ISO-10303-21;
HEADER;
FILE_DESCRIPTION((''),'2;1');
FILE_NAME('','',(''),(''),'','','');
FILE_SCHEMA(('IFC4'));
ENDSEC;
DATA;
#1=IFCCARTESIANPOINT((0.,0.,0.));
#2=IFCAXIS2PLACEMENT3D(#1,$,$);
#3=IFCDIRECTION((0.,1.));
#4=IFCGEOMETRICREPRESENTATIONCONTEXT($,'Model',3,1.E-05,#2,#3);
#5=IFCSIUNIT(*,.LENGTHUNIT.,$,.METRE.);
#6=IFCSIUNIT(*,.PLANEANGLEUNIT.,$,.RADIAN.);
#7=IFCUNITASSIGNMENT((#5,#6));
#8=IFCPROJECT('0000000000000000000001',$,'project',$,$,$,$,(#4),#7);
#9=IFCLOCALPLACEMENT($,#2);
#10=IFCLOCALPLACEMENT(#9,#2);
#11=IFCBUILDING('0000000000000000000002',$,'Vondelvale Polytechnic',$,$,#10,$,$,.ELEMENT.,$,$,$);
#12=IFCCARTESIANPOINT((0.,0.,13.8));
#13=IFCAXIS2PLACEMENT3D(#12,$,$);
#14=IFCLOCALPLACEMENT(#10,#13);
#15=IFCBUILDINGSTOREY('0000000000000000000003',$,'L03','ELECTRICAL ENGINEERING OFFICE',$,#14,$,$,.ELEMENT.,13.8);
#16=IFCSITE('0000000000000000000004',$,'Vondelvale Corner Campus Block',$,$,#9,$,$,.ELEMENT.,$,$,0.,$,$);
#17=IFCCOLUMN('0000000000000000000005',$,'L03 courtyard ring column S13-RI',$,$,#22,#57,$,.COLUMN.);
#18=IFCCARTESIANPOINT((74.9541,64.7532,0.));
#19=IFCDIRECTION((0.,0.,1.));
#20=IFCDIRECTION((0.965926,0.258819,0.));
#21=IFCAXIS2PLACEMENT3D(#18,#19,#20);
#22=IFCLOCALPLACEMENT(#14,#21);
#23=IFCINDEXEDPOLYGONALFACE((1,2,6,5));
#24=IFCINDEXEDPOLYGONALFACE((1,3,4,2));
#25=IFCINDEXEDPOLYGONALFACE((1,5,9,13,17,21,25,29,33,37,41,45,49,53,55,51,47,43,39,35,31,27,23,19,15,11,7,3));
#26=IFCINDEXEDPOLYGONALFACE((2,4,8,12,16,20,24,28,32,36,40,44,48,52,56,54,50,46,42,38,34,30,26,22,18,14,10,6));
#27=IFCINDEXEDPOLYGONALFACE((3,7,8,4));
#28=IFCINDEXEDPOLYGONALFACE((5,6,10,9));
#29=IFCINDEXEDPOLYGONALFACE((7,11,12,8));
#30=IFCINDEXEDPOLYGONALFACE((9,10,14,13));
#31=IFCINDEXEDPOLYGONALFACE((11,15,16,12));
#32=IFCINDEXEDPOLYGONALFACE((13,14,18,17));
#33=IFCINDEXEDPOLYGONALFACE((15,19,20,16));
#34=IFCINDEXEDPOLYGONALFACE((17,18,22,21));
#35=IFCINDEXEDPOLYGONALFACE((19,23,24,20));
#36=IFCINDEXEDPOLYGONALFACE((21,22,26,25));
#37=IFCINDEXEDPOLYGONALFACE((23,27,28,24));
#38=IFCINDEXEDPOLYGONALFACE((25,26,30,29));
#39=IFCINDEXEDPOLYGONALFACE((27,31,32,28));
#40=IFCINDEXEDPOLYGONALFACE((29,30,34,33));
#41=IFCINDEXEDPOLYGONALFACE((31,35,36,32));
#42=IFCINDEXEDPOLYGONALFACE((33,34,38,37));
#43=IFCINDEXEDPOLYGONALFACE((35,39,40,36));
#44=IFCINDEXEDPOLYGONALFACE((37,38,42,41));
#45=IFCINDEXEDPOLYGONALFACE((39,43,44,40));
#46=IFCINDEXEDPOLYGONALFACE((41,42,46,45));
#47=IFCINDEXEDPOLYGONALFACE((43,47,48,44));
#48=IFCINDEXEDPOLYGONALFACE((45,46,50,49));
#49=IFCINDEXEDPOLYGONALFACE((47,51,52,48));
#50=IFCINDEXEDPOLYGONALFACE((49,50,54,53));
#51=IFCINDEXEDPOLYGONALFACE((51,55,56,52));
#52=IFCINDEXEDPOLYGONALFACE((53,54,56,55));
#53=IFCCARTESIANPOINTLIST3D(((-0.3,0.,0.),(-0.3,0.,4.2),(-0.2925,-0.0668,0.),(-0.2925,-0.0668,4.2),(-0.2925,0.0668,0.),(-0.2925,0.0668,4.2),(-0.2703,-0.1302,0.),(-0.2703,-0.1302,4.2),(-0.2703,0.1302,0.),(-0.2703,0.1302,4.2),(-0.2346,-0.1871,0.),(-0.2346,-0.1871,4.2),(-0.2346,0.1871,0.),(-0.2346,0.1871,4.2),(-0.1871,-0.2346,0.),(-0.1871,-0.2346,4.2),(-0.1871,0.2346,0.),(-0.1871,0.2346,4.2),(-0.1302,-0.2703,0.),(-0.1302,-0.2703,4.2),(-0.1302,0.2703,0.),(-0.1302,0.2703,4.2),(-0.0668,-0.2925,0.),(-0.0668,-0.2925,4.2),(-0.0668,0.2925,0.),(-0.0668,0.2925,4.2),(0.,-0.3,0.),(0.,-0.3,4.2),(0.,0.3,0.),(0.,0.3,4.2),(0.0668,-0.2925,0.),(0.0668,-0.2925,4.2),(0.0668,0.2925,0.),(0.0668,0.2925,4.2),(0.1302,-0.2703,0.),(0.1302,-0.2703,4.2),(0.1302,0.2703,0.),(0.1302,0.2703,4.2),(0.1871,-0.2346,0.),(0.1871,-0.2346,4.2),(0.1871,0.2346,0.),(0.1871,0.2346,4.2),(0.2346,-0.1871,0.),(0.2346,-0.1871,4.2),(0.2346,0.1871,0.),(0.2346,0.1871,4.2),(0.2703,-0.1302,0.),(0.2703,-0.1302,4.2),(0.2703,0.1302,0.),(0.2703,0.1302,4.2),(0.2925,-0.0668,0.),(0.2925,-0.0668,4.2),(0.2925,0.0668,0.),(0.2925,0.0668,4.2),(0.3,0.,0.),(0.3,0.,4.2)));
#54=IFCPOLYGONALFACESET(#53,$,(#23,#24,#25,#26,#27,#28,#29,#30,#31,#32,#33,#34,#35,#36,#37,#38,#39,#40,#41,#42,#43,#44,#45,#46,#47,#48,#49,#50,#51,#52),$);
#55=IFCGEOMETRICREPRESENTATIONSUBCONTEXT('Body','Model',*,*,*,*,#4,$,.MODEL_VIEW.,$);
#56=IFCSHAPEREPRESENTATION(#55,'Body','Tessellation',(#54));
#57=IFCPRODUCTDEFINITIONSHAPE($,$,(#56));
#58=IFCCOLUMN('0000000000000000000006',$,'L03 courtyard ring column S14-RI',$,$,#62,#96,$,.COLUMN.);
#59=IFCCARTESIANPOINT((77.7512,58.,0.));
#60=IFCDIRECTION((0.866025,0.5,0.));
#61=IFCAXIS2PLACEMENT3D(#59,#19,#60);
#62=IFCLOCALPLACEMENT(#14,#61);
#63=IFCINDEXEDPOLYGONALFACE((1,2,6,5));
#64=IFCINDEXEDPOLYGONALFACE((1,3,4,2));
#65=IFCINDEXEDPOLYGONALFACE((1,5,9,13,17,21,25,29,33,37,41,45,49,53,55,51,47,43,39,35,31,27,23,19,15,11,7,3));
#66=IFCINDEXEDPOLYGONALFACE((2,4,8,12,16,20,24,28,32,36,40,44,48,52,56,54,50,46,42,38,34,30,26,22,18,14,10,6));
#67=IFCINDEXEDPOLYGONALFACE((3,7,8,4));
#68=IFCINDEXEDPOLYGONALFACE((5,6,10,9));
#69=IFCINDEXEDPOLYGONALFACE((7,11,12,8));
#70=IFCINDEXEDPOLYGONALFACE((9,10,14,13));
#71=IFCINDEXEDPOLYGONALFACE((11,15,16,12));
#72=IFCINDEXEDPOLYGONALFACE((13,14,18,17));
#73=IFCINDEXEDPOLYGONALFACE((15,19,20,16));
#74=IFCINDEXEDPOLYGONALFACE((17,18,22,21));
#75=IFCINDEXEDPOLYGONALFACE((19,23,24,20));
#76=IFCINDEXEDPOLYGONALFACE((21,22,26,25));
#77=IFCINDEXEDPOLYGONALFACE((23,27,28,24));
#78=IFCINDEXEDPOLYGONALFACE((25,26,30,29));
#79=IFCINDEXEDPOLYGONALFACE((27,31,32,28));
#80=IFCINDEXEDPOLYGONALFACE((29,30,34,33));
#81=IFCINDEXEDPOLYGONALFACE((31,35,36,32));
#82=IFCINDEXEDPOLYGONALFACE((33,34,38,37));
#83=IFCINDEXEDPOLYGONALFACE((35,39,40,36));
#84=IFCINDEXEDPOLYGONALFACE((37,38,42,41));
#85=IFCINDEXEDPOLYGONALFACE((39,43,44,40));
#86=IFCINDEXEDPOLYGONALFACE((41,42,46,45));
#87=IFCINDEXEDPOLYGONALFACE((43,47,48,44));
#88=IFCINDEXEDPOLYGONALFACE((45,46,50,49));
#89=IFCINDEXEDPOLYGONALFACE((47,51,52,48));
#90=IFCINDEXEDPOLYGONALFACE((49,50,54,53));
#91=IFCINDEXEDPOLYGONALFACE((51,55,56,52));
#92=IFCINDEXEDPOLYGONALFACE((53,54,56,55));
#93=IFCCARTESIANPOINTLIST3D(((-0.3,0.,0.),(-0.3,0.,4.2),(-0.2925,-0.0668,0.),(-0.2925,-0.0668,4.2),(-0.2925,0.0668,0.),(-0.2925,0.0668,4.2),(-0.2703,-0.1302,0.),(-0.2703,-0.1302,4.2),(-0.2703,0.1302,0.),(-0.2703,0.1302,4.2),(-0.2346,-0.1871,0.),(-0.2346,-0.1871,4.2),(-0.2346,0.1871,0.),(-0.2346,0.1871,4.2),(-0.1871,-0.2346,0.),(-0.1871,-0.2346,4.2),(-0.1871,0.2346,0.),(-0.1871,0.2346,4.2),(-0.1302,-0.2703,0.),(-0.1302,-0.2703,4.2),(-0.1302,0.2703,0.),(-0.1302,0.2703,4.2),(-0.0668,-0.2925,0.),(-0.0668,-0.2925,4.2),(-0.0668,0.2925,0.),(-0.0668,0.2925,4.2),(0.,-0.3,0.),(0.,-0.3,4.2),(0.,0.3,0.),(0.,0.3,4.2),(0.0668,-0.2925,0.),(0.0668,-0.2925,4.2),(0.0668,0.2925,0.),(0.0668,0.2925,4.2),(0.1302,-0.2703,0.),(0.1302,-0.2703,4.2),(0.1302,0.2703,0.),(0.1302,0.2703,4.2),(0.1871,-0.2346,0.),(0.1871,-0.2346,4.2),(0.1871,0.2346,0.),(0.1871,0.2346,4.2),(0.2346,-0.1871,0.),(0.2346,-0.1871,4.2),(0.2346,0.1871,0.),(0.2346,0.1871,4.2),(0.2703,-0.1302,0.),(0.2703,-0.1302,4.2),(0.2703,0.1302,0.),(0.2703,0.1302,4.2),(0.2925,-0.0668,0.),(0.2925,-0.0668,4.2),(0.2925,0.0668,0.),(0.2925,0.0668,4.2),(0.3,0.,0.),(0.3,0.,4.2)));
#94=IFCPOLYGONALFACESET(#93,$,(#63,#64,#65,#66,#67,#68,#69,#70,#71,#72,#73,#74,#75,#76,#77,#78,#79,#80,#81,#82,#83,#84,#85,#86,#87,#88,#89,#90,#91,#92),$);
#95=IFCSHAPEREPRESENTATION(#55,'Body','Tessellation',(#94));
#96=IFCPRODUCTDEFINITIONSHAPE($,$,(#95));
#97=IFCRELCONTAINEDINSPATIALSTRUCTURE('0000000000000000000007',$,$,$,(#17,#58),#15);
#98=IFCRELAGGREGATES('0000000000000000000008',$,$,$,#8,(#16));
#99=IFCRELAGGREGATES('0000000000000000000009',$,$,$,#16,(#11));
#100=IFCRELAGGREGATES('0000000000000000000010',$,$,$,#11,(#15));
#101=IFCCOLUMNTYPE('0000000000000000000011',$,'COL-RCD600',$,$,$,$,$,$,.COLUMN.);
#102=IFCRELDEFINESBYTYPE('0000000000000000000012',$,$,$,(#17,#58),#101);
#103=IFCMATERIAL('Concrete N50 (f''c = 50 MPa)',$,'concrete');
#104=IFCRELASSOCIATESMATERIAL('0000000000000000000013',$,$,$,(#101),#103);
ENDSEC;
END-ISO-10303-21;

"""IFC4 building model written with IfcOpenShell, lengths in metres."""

from ifc_helpers import new_model, si_unit, direction, frame, origin, origin_2d, place, context, subcontext, project, spatial, circle, extrude, material, material_profile, profile_set, type_object, element, save


model = new_model("IFC4")

# Units and contexts
model_context = context("Model", 3, precision=1e-05, world=origin(), true_north=direction((0.0, 1.0)))
body_context = subcontext(model_context, "Body", "Model", "MODEL_VIEW")
ifc_project = project(units=[si_unit("LENGTHUNIT", "METRE"), si_unit("PLANEANGLEUNIT", "RADIAN")], contexts=[model_context])

# Site, building, storey
site_placement = place(None, origin())
site = spatial("IfcSite", under=ifc_project, at=site_placement, Name="Vondelvale Corner Campus Block", CompositionType="ELEMENT", RefElevation=0.0)
building_placement = place(site_placement, origin())
building = spatial("IfcBuilding", under=site, at=building_placement, Name="Vondelvale Polytechnic", CompositionType="ELEMENT")
storey_placement = place(building_placement, frame((0.0, 0.0, 13.8)))
storey = spatial("IfcBuildingStorey", under=building, at=storey_placement, Name="L03", Description="ELECTRICAL ENGINEERING OFFICE", CompositionType="ELEMENT", Elevation=13.8)

# Columns
ifc_material_1 = material(Name="Concrete N50 (f'c = 50 MPa)", Category="concrete")
ifc_material_profile_1 = material_profile(ifc_material_1, circle(Radius=0.3, at=origin_2d()), Name="RC-COL-D600")
ifc_profile_set_1 = profile_set([ifc_material_profile_1], Name="Concrete N50 (f'c = 50 MPa)")
column_type_1 = type_object("IfcColumnType", Name="COL-RCD600", PredefinedType="COLUMN", material=ifc_profile_set_1)
for number, where, z_axis, x_axis, name in (
    (1, (74.9541, 64.7532, 0.0), (0.0, 0.0, 1.0), (0.965926, 0.258819, 0.0), "L03 courtyard ring column S13-RI"),
    (2, (77.7512, 58.0, 0.0), (0.0, 0.0, 1.0), (0.866025, 0.5, 0.0), "L03 courtyard ring column S14-RI"),
):
    element("IfcColumn", number, at=place(storey_placement, frame(where, z_axis=z_axis, x_axis=x_axis)), inside=storey, type_object=column_type_1, Name=name, PredefinedType="COLUMN", context=body_context, shape_type="SweptSolid", body=[
        extrude(circle(Radius=0.3, at=origin_2d()), origin(), (0.0, 0.0, 1.0), 4.2),
    ])

save(model, "model.ifc")
